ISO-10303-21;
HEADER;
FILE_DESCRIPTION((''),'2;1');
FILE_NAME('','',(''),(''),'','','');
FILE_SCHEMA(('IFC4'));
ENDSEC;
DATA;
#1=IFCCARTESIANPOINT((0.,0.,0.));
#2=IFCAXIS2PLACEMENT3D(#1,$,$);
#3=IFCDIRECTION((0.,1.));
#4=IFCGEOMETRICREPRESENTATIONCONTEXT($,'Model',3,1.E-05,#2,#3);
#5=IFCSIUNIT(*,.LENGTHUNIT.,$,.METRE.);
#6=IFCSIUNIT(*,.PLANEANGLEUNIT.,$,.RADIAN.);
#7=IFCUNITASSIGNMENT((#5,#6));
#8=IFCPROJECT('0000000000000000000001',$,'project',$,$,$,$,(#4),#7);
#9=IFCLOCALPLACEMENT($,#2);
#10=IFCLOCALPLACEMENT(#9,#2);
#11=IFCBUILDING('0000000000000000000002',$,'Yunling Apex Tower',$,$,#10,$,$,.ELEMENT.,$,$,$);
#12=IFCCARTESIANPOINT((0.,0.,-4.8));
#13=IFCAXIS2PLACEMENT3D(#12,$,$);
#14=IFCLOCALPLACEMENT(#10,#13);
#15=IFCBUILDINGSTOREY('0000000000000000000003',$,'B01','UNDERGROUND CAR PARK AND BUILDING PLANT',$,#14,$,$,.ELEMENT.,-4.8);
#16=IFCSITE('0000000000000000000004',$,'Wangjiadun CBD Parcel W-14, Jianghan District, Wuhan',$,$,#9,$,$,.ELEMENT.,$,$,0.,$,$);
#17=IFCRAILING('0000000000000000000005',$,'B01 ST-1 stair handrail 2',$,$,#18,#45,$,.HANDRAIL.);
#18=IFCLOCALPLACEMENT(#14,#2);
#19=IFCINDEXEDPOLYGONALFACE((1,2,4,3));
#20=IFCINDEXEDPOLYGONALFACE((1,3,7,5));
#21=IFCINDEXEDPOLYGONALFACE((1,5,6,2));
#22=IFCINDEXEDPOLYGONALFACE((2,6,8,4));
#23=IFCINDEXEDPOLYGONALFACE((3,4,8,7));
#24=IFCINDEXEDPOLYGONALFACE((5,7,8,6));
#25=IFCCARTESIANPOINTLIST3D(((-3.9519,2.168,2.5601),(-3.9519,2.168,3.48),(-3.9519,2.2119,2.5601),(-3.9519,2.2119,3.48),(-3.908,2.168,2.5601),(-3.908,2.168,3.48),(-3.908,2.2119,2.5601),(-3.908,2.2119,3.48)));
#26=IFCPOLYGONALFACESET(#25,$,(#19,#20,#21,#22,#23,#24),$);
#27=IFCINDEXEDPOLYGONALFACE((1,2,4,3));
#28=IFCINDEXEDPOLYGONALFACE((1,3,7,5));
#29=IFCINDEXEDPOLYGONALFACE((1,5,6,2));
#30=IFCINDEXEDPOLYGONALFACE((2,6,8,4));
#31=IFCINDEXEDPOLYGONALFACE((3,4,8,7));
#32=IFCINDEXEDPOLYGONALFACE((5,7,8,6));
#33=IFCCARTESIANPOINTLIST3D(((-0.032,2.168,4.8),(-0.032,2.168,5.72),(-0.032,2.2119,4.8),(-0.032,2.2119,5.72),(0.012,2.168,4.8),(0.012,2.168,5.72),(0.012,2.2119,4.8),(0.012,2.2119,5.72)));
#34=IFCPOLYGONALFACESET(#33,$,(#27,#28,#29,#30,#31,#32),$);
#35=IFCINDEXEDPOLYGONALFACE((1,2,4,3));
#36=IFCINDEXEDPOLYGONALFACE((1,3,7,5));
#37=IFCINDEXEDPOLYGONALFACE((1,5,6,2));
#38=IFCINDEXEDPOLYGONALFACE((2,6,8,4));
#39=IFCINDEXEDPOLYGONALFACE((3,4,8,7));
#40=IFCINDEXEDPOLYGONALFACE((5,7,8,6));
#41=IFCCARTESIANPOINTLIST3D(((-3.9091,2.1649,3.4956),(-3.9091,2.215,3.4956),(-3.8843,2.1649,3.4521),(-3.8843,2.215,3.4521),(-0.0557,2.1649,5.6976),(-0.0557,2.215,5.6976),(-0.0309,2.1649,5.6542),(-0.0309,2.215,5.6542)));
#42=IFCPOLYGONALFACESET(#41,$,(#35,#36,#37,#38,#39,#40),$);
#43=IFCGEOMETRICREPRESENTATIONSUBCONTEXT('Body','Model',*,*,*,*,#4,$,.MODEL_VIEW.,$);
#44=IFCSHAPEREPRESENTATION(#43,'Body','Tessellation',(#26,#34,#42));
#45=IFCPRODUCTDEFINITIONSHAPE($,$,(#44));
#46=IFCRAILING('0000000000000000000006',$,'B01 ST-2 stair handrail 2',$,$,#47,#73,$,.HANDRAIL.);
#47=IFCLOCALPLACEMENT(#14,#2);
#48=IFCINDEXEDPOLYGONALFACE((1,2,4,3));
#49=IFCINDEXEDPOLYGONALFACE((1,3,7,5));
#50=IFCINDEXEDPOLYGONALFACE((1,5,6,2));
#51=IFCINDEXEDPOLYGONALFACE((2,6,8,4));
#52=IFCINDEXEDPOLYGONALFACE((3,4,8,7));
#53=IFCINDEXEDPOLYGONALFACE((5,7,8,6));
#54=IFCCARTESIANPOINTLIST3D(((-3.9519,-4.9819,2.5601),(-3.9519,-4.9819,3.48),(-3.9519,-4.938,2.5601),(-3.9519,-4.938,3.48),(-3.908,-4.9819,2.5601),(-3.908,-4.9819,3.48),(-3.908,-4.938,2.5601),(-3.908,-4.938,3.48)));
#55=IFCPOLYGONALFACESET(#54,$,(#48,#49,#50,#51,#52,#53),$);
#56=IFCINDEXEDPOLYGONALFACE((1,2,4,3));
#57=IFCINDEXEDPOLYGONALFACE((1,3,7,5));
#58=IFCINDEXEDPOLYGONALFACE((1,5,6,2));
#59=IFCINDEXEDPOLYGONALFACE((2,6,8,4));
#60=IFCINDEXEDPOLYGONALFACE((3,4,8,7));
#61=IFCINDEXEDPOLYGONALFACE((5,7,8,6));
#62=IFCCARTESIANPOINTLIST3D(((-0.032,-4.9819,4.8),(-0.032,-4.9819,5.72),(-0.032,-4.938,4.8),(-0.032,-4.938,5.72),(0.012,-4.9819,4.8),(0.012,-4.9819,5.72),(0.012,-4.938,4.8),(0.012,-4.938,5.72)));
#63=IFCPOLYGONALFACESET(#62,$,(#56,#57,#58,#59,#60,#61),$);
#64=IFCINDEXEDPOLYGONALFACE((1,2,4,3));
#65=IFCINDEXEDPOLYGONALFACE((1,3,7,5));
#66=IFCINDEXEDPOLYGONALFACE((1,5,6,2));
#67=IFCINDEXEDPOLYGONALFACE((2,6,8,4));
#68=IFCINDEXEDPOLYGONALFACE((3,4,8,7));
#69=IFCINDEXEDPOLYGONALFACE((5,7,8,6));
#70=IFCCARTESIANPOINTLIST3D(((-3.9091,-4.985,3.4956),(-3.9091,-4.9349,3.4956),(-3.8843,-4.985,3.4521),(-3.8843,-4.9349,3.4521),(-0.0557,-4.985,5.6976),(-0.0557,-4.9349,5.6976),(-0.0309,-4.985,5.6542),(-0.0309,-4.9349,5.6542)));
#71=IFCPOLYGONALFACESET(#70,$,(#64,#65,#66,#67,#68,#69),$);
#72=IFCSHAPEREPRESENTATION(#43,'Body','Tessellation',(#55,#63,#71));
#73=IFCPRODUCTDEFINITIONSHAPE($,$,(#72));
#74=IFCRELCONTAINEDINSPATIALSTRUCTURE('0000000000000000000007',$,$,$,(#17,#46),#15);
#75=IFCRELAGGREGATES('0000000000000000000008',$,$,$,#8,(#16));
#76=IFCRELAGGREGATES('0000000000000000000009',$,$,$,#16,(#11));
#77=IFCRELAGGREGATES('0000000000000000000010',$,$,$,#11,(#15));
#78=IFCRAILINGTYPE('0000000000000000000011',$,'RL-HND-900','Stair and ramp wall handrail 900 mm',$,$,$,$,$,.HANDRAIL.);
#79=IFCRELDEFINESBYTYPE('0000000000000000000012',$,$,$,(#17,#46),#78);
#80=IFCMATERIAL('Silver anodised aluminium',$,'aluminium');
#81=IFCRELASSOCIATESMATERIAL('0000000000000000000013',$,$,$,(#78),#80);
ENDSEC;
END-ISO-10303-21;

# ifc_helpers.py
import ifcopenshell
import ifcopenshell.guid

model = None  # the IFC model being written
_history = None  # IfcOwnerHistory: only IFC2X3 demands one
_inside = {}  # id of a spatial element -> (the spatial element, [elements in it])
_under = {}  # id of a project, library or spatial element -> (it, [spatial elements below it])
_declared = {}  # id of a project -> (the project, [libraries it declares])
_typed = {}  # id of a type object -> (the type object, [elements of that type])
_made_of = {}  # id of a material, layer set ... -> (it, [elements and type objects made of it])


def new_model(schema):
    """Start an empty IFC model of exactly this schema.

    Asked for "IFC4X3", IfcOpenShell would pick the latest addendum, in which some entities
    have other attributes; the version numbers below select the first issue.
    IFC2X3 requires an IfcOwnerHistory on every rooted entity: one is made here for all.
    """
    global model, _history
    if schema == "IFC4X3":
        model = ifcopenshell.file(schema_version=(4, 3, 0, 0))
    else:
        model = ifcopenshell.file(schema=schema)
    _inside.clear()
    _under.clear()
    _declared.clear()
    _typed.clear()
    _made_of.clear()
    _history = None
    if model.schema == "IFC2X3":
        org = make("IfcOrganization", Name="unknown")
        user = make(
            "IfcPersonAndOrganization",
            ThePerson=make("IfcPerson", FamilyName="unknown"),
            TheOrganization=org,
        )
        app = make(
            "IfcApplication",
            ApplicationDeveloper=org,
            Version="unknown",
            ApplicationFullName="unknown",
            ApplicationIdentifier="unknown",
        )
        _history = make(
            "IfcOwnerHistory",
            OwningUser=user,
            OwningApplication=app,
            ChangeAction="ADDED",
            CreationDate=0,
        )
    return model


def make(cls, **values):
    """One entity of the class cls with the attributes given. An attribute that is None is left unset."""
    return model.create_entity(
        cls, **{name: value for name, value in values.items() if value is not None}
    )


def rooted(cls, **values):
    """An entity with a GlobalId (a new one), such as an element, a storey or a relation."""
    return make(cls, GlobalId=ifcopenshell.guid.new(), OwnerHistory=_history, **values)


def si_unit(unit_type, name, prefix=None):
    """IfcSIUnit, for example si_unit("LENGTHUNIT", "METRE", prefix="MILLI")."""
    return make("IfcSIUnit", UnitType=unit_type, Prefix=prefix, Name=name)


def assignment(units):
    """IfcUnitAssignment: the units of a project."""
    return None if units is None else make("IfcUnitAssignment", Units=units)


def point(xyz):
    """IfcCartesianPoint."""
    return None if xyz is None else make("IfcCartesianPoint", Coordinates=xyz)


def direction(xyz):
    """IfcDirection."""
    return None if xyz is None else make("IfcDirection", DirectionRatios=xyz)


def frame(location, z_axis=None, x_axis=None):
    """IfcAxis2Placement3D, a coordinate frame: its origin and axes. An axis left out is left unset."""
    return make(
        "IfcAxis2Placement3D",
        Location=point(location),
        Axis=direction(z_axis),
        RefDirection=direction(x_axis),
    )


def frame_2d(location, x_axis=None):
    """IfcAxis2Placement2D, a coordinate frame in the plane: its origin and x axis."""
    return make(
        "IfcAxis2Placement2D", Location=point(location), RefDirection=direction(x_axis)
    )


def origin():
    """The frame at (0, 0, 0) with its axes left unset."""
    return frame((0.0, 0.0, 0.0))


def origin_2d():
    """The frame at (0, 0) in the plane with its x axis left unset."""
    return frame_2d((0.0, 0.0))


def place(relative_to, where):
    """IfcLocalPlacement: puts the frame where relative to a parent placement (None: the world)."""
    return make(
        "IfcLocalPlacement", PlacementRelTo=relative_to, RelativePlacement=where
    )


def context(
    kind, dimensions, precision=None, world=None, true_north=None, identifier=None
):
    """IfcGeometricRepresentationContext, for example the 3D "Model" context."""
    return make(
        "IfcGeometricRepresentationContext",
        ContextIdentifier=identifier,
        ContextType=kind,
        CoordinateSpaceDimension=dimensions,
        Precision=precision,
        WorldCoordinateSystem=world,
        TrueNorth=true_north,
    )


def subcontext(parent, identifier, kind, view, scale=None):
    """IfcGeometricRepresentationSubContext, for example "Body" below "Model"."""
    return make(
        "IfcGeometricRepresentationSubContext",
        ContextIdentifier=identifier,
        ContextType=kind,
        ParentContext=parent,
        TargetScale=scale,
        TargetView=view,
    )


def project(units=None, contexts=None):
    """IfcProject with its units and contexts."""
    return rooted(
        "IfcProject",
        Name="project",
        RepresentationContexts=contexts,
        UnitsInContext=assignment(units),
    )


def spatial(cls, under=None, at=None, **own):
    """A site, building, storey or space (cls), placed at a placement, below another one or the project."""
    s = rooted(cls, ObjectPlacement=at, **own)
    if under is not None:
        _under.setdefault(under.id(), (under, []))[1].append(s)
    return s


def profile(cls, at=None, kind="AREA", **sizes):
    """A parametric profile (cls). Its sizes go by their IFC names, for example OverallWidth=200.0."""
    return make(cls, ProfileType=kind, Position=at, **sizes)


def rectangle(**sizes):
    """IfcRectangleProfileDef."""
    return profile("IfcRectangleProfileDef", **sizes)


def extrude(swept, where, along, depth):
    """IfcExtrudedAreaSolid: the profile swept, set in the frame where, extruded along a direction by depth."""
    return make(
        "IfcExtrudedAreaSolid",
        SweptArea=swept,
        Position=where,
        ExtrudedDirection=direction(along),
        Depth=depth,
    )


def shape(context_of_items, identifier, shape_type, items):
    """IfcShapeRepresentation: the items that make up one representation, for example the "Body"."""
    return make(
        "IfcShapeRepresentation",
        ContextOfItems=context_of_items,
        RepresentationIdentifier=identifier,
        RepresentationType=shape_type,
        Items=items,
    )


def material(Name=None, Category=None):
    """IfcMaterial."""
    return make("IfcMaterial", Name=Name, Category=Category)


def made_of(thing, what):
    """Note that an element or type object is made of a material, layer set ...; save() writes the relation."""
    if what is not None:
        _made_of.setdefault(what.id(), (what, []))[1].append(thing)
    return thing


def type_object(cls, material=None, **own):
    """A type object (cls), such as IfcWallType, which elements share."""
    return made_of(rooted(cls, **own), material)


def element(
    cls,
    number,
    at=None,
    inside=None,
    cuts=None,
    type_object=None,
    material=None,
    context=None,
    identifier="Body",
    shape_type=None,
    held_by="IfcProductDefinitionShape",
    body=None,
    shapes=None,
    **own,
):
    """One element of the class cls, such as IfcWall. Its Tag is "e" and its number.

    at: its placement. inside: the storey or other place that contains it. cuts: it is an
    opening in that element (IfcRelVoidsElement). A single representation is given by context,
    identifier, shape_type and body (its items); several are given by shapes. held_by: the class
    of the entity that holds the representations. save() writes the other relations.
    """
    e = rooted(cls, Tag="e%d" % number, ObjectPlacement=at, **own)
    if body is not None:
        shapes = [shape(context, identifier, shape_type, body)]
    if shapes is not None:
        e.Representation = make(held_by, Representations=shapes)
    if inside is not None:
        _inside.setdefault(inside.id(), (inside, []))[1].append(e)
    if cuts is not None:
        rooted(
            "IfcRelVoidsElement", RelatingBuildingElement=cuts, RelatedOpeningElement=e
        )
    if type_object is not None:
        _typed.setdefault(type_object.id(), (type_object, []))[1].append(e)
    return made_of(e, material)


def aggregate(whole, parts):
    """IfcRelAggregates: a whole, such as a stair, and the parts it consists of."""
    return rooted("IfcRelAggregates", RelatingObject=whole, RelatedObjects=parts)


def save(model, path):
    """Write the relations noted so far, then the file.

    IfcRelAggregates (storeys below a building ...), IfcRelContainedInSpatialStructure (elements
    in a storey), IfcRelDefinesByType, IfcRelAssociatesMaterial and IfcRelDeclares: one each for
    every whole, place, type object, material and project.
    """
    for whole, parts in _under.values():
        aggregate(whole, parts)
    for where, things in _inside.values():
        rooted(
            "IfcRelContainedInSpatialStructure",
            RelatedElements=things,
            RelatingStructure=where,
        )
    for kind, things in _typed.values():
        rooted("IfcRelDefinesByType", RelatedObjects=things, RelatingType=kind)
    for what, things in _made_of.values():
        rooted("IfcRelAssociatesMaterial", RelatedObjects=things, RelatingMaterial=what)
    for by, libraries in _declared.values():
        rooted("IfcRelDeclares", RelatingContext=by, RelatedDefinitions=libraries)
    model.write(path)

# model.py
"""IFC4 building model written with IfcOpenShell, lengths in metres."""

from ifc_helpers import new_model, si_unit, direction, frame, origin, origin_2d, place, context, subcontext, project, spatial, rectangle, extrude, material, type_object, element, save


model = new_model("IFC4")

# Units and contexts
model_context = context("Model", 3, precision=1e-05, world=origin(), true_north=direction((0.0, 1.0)))
body_context = subcontext(model_context, "Body", "Model", "MODEL_VIEW")
ifc_project = project(units=[si_unit("LENGTHUNIT", "METRE"), si_unit("PLANEANGLEUNIT", "RADIAN")], contexts=[model_context])

# Site, building, storey
site_placement = place(None, origin())
site = spatial("IfcSite", under=ifc_project, at=site_placement, Name="Wangjiadun CBD Parcel W-14, Jianghan District, Wuhan", CompositionType="ELEMENT", RefElevation=0.0)
building_placement = place(site_placement, origin())
building = spatial("IfcBuilding", under=site, at=building_placement, Name="Yunling Apex Tower", CompositionType="ELEMENT")
storey_placement = place(building_placement, frame((0.0, 0.0, -4.8)))
storey = spatial("IfcBuildingStorey", under=building, at=storey_placement, Name="B01", Description="UNDERGROUND CAR PARK AND BUILDING PLANT", CompositionType="ELEMENT", Elevation=-4.8)

# Railings
ifc_material_1 = material(Name="Silver anodised aluminium", Category="aluminium")
railing_type_1 = type_object("IfcRailingType", Name="RL-HND-900", Description="Stair and ramp wall handrail 900 mm", PredefinedType="HANDRAIL", material=ifc_material_1)
for number, where, name in (
    (1, (-3.9299, 2.1899, 2.5601), "B01 ST-1 stair handrail 2"),
    (2, (-3.9299, -4.96, 2.5601), "B01 ST-2 stair handrail 2"),
):
    element("IfcRailing", number, at=place(storey_placement, frame(where)), inside=storey, type_object=railing_type_1, Name=name, PredefinedType="HANDRAIL", context=body_context, shape_type="SweptSolid", body=[
        extrude(rectangle(XDim=0.0439, YDim=0.0439, at=origin_2d()), origin(), (0.0, 0.0, 1.0), 0.9199),
        extrude(rectangle(XDim=0.0439, YDim=0.0439, at=origin_2d()), frame((3.9199, 0.0, 2.24)), (0.0, 0.0, 1.0), 0.9199),
        extrude(rectangle(XDim=0.05, YDim=0.05, at=origin_2d()), frame((0.0332, 0.0, 0.9138), z_axis=(0.86824, 0.0, 0.496145), x_axis=(0.0, 1.0, 0.0)), (0.0, 0.0, 1.0), 4.4382),
    ])

save(model, "model.ifc")
